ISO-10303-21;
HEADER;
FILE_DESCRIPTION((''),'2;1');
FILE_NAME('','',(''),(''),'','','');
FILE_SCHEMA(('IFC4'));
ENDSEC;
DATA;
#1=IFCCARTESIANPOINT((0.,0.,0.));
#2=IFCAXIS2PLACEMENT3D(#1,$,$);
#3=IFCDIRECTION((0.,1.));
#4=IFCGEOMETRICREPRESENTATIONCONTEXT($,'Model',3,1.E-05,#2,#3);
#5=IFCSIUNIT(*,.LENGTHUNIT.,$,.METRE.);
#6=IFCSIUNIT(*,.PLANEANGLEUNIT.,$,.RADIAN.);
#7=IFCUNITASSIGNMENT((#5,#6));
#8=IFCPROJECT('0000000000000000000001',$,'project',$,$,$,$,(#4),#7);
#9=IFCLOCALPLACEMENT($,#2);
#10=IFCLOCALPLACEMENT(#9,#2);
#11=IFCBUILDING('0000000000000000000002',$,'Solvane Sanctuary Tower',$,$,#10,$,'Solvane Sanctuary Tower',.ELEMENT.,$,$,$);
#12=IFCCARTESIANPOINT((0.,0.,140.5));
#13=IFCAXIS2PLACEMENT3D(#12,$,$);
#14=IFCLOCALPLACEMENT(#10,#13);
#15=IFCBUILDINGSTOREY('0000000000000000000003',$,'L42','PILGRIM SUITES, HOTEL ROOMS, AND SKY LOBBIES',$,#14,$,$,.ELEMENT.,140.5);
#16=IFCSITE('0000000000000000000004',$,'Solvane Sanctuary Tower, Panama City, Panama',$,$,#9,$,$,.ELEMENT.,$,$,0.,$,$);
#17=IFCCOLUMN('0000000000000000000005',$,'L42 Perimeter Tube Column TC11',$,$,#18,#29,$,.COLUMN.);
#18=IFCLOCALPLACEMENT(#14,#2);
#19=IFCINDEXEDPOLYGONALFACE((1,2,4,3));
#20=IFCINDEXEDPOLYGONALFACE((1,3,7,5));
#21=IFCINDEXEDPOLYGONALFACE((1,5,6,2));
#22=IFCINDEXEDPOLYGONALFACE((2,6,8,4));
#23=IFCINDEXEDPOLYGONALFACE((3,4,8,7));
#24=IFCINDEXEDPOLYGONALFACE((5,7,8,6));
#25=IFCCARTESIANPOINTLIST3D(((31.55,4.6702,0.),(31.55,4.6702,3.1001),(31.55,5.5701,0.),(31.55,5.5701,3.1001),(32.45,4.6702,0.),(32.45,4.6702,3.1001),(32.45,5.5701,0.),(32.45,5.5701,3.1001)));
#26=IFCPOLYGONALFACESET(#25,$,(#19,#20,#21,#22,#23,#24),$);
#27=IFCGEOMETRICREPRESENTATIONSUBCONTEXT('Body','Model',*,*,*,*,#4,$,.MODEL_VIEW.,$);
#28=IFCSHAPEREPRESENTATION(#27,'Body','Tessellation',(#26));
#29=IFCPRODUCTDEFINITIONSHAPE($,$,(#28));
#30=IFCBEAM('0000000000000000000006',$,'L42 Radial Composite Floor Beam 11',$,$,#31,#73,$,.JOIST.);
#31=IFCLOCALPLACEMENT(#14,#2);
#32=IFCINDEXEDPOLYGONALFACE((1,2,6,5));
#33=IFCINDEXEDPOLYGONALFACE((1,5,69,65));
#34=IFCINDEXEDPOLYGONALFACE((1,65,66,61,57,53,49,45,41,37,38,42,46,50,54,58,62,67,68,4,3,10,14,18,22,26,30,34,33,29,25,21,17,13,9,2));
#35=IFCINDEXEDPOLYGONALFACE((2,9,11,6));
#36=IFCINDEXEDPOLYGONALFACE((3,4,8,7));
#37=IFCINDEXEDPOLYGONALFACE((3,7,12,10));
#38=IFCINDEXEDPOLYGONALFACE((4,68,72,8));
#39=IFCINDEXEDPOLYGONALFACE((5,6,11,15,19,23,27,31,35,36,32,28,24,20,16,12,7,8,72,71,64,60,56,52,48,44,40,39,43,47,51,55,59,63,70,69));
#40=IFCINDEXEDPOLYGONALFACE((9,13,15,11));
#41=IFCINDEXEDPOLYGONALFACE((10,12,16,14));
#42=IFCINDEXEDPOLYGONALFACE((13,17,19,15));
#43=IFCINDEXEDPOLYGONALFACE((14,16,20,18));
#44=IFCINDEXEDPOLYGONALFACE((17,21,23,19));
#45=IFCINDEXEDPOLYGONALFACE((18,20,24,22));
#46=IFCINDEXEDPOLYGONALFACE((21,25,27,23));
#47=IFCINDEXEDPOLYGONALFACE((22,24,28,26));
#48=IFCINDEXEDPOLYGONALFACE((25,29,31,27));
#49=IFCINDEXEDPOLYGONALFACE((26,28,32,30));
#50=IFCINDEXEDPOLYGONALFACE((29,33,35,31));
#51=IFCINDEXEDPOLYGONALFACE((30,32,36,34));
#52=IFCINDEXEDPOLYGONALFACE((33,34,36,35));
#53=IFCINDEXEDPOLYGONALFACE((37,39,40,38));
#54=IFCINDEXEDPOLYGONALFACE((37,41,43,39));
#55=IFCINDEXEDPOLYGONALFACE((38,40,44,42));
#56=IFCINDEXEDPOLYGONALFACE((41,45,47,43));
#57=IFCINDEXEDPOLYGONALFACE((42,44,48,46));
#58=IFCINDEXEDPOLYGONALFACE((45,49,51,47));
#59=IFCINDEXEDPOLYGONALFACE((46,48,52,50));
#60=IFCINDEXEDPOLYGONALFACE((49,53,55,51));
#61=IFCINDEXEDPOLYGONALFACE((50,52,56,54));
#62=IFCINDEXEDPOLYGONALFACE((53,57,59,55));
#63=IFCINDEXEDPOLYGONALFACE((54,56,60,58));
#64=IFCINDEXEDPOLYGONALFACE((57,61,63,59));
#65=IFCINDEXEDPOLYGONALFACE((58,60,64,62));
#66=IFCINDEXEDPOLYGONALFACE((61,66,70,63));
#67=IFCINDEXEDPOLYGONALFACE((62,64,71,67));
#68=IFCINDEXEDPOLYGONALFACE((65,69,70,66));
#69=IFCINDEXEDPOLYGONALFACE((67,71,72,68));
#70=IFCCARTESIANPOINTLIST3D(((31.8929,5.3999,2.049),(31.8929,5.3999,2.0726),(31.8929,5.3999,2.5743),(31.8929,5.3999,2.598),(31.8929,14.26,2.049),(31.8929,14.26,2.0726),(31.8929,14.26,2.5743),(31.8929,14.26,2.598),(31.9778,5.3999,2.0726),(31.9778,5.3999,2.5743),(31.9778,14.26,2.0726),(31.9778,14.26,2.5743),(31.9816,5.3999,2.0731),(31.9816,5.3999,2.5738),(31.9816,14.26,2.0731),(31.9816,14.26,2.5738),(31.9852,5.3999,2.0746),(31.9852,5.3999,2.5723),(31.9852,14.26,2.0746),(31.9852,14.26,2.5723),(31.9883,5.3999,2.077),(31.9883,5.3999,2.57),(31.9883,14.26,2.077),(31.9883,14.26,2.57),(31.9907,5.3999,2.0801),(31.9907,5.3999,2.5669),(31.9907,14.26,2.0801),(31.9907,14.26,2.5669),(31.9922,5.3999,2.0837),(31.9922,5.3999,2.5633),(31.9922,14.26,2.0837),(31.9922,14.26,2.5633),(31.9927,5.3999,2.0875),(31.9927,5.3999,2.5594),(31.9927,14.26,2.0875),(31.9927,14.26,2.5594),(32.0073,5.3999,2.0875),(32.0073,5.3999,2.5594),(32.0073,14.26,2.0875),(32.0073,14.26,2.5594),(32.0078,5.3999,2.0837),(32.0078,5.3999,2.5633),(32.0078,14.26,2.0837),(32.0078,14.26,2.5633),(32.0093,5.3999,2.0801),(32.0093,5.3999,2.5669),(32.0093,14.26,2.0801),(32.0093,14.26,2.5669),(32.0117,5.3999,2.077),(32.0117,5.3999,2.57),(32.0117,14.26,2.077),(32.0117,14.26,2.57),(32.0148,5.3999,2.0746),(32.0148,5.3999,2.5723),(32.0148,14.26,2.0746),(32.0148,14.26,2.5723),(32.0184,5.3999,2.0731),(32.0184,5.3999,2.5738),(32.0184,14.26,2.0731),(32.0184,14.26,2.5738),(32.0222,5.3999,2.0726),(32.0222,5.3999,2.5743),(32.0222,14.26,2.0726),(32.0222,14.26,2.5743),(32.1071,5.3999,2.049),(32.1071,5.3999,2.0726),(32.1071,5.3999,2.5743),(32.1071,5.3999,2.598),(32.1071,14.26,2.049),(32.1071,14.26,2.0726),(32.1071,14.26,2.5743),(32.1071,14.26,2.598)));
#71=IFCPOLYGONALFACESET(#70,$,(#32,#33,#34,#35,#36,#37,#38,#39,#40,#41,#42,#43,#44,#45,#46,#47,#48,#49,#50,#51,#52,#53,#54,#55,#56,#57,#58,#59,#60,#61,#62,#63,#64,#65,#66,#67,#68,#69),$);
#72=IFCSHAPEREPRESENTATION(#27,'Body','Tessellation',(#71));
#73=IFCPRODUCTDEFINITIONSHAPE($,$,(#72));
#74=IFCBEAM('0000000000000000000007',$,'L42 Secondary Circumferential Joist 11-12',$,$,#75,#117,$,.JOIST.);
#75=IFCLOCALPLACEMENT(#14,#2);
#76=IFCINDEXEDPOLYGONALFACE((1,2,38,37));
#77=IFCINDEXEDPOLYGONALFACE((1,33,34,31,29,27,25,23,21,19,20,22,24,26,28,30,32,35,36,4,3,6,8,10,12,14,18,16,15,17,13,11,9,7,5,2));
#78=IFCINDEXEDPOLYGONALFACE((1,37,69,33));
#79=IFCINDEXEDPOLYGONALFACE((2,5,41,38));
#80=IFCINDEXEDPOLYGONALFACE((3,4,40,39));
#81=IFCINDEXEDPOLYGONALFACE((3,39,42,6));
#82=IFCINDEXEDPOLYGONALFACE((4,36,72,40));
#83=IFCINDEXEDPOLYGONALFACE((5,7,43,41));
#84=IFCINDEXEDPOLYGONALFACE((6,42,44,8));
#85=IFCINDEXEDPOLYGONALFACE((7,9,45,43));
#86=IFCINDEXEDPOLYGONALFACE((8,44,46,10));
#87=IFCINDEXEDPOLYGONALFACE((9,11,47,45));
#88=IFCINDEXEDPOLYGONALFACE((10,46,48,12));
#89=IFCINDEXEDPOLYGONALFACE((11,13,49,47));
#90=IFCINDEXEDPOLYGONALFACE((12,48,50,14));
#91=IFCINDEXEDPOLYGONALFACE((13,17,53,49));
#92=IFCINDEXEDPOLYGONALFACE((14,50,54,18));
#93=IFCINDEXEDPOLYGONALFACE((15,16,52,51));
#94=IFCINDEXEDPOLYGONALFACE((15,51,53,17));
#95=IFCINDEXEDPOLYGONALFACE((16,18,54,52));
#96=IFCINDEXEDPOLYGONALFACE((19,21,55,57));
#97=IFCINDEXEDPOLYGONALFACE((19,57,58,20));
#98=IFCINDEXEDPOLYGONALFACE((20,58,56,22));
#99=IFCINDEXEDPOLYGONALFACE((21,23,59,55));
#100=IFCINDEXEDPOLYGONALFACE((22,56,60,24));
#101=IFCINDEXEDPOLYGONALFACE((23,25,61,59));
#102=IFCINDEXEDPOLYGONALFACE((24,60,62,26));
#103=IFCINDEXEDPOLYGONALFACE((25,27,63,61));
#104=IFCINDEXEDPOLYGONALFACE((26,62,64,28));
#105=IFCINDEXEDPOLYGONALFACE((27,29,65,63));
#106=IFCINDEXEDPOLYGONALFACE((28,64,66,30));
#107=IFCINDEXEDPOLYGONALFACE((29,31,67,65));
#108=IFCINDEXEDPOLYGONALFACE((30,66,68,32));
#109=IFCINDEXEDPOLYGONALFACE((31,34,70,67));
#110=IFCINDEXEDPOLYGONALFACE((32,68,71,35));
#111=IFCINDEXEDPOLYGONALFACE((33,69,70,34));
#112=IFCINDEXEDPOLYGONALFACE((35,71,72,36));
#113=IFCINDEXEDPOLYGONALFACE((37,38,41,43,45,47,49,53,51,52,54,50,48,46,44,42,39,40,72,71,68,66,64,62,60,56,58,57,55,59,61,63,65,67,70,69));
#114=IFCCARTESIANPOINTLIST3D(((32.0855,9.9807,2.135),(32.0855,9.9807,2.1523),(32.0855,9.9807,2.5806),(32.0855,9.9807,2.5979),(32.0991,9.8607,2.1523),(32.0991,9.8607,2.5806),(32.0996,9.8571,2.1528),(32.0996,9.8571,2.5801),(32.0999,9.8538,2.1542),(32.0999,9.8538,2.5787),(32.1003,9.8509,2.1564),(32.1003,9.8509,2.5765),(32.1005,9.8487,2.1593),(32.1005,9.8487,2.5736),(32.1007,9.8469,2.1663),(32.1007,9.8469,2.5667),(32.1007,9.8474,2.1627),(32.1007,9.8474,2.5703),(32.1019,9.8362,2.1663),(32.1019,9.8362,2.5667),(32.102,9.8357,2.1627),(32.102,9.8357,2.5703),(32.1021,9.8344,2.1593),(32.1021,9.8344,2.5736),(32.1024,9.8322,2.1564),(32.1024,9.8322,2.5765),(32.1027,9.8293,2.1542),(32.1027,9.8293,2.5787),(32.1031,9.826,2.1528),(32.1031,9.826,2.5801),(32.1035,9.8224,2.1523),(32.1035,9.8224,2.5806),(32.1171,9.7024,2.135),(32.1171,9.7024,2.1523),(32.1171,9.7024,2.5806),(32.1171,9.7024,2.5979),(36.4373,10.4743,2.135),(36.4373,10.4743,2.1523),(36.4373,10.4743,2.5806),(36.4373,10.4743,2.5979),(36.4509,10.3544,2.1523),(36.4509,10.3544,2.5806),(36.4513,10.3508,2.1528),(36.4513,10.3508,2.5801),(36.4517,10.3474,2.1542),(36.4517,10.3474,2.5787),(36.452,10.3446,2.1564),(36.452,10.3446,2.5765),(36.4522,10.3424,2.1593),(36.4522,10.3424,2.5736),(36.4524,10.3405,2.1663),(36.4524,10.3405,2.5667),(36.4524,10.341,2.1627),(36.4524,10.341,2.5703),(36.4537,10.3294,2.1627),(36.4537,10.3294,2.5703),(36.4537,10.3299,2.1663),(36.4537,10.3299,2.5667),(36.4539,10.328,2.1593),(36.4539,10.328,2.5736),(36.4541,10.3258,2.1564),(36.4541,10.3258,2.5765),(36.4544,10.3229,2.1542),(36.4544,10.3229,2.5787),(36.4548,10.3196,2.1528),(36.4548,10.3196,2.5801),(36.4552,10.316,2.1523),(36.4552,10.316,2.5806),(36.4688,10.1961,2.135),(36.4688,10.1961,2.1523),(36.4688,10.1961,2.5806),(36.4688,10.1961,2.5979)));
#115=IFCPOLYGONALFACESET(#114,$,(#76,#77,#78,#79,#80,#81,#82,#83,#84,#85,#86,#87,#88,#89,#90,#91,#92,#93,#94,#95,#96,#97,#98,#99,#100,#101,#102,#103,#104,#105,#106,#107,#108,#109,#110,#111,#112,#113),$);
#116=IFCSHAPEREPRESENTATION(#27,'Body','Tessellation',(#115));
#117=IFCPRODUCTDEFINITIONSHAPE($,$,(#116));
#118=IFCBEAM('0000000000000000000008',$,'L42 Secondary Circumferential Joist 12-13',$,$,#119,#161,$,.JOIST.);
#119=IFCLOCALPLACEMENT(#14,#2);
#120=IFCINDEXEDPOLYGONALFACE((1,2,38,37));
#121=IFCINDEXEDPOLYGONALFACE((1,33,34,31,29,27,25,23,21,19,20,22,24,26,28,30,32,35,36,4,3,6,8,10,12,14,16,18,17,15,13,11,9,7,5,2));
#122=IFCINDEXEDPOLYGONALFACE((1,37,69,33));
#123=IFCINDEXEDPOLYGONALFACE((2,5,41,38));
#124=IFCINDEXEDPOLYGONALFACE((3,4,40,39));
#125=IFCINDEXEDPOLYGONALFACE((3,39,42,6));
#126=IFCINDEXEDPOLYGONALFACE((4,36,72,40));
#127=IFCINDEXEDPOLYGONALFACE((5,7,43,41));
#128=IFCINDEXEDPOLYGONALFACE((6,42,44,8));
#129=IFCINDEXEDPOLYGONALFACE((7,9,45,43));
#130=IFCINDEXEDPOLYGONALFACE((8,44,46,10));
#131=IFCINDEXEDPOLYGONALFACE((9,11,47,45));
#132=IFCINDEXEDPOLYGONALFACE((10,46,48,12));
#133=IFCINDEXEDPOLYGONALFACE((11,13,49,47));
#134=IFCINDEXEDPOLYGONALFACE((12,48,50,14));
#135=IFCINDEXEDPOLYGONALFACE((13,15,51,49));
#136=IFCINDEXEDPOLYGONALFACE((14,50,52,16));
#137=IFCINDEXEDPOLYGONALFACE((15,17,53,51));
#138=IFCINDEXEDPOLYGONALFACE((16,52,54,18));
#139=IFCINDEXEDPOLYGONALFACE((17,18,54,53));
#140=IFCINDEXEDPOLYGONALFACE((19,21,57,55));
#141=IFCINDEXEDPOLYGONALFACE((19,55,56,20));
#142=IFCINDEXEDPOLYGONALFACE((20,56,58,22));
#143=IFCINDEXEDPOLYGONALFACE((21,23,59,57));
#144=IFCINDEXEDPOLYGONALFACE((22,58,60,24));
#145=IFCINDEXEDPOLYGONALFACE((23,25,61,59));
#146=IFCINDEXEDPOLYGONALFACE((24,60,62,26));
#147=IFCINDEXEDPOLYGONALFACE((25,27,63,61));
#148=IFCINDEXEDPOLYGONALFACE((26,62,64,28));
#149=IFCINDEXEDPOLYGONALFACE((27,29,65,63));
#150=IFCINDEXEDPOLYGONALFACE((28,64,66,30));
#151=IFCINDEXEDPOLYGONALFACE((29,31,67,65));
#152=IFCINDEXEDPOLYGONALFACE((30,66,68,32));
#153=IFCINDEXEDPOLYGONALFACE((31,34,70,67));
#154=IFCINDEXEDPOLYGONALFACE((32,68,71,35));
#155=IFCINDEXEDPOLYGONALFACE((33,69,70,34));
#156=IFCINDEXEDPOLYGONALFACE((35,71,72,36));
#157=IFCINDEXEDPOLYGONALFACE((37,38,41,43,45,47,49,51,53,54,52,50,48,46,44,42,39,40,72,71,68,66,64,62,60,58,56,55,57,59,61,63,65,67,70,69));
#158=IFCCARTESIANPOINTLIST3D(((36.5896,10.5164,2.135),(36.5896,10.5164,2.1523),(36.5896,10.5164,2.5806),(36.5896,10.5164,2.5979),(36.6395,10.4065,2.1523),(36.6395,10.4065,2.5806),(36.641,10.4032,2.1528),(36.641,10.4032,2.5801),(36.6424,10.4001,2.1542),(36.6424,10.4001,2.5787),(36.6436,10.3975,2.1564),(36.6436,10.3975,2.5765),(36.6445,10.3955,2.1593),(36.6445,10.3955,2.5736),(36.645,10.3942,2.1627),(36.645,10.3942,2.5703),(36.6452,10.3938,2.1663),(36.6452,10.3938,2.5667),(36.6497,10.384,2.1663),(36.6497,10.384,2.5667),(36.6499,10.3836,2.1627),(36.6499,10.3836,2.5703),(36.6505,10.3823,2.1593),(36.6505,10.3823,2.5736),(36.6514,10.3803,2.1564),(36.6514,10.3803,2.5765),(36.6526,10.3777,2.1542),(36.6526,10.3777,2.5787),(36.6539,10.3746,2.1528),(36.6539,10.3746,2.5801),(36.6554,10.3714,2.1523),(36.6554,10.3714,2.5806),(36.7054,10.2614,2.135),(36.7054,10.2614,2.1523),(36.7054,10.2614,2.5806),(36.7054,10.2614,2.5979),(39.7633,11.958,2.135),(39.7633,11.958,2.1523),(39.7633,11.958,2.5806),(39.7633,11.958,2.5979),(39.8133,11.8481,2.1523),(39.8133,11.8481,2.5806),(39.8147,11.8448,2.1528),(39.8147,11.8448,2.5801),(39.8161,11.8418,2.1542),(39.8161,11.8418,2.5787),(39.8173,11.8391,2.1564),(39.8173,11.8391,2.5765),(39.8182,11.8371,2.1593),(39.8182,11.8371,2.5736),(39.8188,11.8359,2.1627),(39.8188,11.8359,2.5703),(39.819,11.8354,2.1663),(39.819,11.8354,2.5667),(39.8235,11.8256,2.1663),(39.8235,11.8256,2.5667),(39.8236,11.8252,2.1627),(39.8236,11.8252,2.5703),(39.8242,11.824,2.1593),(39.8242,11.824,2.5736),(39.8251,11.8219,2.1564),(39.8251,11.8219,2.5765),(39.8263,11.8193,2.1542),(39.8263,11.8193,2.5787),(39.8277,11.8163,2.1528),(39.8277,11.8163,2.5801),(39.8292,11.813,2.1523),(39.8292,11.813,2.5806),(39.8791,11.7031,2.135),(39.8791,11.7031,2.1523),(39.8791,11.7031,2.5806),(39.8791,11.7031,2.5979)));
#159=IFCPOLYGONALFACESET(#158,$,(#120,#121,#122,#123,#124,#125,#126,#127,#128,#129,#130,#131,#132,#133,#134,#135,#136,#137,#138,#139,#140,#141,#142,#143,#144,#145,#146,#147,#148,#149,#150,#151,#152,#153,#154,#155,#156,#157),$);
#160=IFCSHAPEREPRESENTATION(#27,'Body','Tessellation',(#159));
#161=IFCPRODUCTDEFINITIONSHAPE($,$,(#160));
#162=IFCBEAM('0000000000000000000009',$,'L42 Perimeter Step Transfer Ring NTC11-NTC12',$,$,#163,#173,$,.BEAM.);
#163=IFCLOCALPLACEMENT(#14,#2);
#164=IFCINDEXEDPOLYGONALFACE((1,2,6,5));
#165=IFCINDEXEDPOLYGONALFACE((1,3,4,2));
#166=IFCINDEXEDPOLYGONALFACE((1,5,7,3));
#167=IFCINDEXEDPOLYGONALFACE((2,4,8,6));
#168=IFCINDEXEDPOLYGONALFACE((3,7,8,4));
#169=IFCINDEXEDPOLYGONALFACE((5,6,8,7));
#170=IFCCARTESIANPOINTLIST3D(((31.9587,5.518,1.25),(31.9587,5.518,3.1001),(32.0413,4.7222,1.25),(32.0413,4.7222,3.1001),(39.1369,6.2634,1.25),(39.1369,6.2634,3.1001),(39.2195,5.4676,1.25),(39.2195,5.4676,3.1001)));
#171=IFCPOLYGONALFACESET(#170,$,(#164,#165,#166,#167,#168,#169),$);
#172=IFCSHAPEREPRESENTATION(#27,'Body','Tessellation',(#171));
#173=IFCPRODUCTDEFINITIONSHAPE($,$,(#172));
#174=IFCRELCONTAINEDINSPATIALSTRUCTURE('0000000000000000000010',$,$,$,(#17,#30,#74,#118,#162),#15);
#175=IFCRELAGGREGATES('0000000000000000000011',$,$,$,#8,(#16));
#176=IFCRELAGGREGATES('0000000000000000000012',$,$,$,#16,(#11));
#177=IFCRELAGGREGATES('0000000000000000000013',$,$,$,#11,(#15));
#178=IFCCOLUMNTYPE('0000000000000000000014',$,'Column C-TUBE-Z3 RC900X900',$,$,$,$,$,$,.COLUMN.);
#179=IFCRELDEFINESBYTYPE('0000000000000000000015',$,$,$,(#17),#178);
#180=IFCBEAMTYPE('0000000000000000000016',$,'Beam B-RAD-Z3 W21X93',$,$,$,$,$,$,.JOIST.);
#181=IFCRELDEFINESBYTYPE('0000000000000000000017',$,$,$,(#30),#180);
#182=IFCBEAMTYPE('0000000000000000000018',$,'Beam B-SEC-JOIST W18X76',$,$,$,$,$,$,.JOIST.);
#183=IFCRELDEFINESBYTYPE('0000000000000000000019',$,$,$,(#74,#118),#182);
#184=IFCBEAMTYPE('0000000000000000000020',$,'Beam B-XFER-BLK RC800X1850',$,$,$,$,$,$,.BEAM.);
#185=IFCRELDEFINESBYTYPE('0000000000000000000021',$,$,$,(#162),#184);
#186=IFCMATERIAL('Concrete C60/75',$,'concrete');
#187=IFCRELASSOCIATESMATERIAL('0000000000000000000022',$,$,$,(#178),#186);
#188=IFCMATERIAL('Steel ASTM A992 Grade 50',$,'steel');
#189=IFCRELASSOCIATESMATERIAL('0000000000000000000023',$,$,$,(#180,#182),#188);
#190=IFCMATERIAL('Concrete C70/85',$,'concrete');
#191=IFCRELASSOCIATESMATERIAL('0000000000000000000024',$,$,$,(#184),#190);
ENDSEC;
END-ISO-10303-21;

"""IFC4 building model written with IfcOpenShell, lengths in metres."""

from ifc_helpers import new_model, si_unit, direction, frame, origin, origin_2d, place, context, subcontext, project, spatial, rectangle, i_section, extrude, material, material_profile, profile_set, type_object, element, save


model = new_model("IFC4")

# Units and contexts
model_context = context("Model", 3, precision=1e-05, world=origin(), true_north=direction((0.0, 1.0)))
body_context = subcontext(model_context, "Body", "Model", "MODEL_VIEW")
ifc_project = project(units=[si_unit("LENGTHUNIT", "METRE"), si_unit("PLANEANGLEUNIT", "RADIAN")], contexts=[model_context])

# Site, building, storey
site_placement = place(None, origin())
site = spatial("IfcSite", under=ifc_project, at=site_placement, Name="Solvane Sanctuary Tower, Panama City, Panama", CompositionType="ELEMENT", RefElevation=0.0)
building_placement = place(site_placement, origin())
building = spatial("IfcBuilding", under=site, at=building_placement, Name="Solvane Sanctuary Tower", LongName="Solvane Sanctuary Tower", CompositionType="ELEMENT")
storey_placement = place(building_placement, frame((0.0, 0.0, 140.5)))
storey = spatial("IfcBuildingStorey", under=building, at=storey_placement, Name="L42", Description="PILGRIM SUITES, HOTEL ROOMS, AND SKY LOBBIES", CompositionType="ELEMENT", Elevation=140.5)

# Column
ifc_material_1 = material(Name="Concrete C60/75", Category="concrete")
ifc_material_profile_1 = material_profile(ifc_material_1, rectangle(XDim=0.8999, YDim=0.8999, at=origin_2d()), Name="RC900X900")
ifc_profile_set_1 = profile_set([ifc_material_profile_1], Name="Concrete C60/75")
column_type = type_object("IfcColumnType", Name="Column C-TUBE-Z3 RC900X900", PredefinedType="COLUMN", material=ifc_profile_set_1)
column_placement = place(storey_placement, frame((32.0, 5.1201, 0.0), z_axis=(0.0, 0.0, 1.0), x_axis=(0.0, -1.0, 0.0)))
element("IfcColumn", 1, at=column_placement, inside=storey, type_object=column_type, Name="L42 Perimeter Tube Column TC11", PredefinedType="COLUMN", context=body_context, shape_type="SweptSolid", body=[
    extrude(rectangle(XDim=0.8999, YDim=0.8999, at=origin_2d()), origin(), (0.0, 0.0, 1.0), 3.1001),
])

# Beams
ifc_material_2 = material(Name="Steel ASTM A992 Grade 50", Category="steel")
ifc_material_profile_2 = material_profile(ifc_material_2, i_section(OverallWidth=0.2141, OverallDepth=0.5491, WebThickness=0.0146, FlangeThickness=0.0237, FilletRadius=0.0149, at=origin_2d()), Name="W21X93")
ifc_profile_set_2 = profile_set([ifc_material_profile_2], Name="Steel ASTM A992 Grade 50")
beam_type_1 = type_object("IfcBeamType", Name="Beam B-RAD-Z3 W21X93", PredefinedType="JOIST", material=ifc_profile_set_2)
beam_1_placement = place(storey_placement, frame((32.0, 14.26, 2.3235), z_axis=(0.0, -1.0, 0.0), x_axis=(1.0, 0.0, 0.0)))
element("IfcBeam", 2, at=beam_1_placement, inside=storey, type_object=beam_type_1, Name="L42 Radial Composite Floor Beam 11", PredefinedType="JOIST", context=body_context, shape_type="SweptSolid", body=[
    extrude(i_section(OverallWidth=0.2141, OverallDepth=0.5491, WebThickness=0.0146, FlangeThickness=0.0237, FilletRadius=0.0149, at=origin_2d()), origin(), (0.0, 0.0, 1.0), 8.8601),
])
ifc_material_profile_3 = material_profile(ifc_material_2, i_section(OverallWidth=0.28, OverallDepth=0.4629, WebThickness=0.0107, FlangeThickness=0.0173, FilletRadius=0.0139, at=origin_2d()), Name="W18X76")
ifc_profile_set_3 = profile_set([ifc_material_profile_3], Name="Steel ASTM A992 Grade 50")
beam_type_2 = type_object("IfcBeamType", Name="Beam B-SEC-JOIST W18X76", PredefinedType="JOIST", material=ifc_profile_set_3)
beam_2_placement = place(storey_placement, frame((32.1013, 9.8416, 2.3665), z_axis=(0.993628, 0.112713, 0.0), x_axis=(-0.112713, 0.993628, 0.0)))
element("IfcBeam", 3, at=beam_2_placement, inside=storey, type_object=beam_type_2, Name="L42 Secondary Circumferential Joist 11-12", PredefinedType="JOIST", context=body_context, shape_type="SweptSolid", body=[
    extrude(i_section(OverallWidth=0.28, OverallDepth=0.4629, WebThickness=0.0107, FlangeThickness=0.0173, FilletRadius=0.0139, at=origin_2d()), origin(), (0.0, 0.0, 1.0), 4.3796),
])
beam_3_placement = place(storey_placement, frame((36.6475, 10.3889, 2.3665), z_axis=(0.910474, 0.413565, 0.0), x_axis=(-0.413565, 0.910474, 0.0)))
element("IfcBeam", 4, at=beam_3_placement, inside=storey, type_object=beam_type_2, Name="L42 Secondary Circumferential Joist 12-13", PredefinedType="JOIST", context=body_context, shape_type="SweptSolid", body=[
    extrude(i_section(OverallWidth=0.28, OverallDepth=0.4629, WebThickness=0.0107, FlangeThickness=0.0173, FilletRadius=0.0139, at=origin_2d()), origin(), (0.0, 0.0, 1.0), 3.4858),
])
ifc_material_3 = material(Name="Concrete C70/85", Category="concrete")
ifc_material_profile_4 = material_profile(ifc_material_3, rectangle(XDim=0.8, YDim=1.8501, at=origin_2d()), Name="RC800X1850")
ifc_profile_set_4 = profile_set([ifc_material_profile_4], Name="Concrete C70/85")
beam_type_3 = type_object("IfcBeamType", Name="Beam B-XFER-BLK RC800X1850", PredefinedType="BEAM", material=ifc_profile_set_4)
beam_4_placement = place(storey_placement, frame((32.0, 5.1201, 2.175), z_axis=(0.994652, 0.103281, 0.0), x_axis=(-0.103281, 0.994652, 0.0)))
element("IfcBeam", 5, at=beam_4_placement, inside=storey, type_object=beam_type_3, Name="L42 Perimeter Step Transfer Ring NTC11-NTC12", PredefinedType="BEAM", context=body_context, shape_type="SweptSolid", body=[
    extrude(rectangle(XDim=0.8, YDim=1.8501, at=origin_2d()), origin(), (0.0, 0.0, 1.0), 7.2168),
])

save(model, "model.ifc")
